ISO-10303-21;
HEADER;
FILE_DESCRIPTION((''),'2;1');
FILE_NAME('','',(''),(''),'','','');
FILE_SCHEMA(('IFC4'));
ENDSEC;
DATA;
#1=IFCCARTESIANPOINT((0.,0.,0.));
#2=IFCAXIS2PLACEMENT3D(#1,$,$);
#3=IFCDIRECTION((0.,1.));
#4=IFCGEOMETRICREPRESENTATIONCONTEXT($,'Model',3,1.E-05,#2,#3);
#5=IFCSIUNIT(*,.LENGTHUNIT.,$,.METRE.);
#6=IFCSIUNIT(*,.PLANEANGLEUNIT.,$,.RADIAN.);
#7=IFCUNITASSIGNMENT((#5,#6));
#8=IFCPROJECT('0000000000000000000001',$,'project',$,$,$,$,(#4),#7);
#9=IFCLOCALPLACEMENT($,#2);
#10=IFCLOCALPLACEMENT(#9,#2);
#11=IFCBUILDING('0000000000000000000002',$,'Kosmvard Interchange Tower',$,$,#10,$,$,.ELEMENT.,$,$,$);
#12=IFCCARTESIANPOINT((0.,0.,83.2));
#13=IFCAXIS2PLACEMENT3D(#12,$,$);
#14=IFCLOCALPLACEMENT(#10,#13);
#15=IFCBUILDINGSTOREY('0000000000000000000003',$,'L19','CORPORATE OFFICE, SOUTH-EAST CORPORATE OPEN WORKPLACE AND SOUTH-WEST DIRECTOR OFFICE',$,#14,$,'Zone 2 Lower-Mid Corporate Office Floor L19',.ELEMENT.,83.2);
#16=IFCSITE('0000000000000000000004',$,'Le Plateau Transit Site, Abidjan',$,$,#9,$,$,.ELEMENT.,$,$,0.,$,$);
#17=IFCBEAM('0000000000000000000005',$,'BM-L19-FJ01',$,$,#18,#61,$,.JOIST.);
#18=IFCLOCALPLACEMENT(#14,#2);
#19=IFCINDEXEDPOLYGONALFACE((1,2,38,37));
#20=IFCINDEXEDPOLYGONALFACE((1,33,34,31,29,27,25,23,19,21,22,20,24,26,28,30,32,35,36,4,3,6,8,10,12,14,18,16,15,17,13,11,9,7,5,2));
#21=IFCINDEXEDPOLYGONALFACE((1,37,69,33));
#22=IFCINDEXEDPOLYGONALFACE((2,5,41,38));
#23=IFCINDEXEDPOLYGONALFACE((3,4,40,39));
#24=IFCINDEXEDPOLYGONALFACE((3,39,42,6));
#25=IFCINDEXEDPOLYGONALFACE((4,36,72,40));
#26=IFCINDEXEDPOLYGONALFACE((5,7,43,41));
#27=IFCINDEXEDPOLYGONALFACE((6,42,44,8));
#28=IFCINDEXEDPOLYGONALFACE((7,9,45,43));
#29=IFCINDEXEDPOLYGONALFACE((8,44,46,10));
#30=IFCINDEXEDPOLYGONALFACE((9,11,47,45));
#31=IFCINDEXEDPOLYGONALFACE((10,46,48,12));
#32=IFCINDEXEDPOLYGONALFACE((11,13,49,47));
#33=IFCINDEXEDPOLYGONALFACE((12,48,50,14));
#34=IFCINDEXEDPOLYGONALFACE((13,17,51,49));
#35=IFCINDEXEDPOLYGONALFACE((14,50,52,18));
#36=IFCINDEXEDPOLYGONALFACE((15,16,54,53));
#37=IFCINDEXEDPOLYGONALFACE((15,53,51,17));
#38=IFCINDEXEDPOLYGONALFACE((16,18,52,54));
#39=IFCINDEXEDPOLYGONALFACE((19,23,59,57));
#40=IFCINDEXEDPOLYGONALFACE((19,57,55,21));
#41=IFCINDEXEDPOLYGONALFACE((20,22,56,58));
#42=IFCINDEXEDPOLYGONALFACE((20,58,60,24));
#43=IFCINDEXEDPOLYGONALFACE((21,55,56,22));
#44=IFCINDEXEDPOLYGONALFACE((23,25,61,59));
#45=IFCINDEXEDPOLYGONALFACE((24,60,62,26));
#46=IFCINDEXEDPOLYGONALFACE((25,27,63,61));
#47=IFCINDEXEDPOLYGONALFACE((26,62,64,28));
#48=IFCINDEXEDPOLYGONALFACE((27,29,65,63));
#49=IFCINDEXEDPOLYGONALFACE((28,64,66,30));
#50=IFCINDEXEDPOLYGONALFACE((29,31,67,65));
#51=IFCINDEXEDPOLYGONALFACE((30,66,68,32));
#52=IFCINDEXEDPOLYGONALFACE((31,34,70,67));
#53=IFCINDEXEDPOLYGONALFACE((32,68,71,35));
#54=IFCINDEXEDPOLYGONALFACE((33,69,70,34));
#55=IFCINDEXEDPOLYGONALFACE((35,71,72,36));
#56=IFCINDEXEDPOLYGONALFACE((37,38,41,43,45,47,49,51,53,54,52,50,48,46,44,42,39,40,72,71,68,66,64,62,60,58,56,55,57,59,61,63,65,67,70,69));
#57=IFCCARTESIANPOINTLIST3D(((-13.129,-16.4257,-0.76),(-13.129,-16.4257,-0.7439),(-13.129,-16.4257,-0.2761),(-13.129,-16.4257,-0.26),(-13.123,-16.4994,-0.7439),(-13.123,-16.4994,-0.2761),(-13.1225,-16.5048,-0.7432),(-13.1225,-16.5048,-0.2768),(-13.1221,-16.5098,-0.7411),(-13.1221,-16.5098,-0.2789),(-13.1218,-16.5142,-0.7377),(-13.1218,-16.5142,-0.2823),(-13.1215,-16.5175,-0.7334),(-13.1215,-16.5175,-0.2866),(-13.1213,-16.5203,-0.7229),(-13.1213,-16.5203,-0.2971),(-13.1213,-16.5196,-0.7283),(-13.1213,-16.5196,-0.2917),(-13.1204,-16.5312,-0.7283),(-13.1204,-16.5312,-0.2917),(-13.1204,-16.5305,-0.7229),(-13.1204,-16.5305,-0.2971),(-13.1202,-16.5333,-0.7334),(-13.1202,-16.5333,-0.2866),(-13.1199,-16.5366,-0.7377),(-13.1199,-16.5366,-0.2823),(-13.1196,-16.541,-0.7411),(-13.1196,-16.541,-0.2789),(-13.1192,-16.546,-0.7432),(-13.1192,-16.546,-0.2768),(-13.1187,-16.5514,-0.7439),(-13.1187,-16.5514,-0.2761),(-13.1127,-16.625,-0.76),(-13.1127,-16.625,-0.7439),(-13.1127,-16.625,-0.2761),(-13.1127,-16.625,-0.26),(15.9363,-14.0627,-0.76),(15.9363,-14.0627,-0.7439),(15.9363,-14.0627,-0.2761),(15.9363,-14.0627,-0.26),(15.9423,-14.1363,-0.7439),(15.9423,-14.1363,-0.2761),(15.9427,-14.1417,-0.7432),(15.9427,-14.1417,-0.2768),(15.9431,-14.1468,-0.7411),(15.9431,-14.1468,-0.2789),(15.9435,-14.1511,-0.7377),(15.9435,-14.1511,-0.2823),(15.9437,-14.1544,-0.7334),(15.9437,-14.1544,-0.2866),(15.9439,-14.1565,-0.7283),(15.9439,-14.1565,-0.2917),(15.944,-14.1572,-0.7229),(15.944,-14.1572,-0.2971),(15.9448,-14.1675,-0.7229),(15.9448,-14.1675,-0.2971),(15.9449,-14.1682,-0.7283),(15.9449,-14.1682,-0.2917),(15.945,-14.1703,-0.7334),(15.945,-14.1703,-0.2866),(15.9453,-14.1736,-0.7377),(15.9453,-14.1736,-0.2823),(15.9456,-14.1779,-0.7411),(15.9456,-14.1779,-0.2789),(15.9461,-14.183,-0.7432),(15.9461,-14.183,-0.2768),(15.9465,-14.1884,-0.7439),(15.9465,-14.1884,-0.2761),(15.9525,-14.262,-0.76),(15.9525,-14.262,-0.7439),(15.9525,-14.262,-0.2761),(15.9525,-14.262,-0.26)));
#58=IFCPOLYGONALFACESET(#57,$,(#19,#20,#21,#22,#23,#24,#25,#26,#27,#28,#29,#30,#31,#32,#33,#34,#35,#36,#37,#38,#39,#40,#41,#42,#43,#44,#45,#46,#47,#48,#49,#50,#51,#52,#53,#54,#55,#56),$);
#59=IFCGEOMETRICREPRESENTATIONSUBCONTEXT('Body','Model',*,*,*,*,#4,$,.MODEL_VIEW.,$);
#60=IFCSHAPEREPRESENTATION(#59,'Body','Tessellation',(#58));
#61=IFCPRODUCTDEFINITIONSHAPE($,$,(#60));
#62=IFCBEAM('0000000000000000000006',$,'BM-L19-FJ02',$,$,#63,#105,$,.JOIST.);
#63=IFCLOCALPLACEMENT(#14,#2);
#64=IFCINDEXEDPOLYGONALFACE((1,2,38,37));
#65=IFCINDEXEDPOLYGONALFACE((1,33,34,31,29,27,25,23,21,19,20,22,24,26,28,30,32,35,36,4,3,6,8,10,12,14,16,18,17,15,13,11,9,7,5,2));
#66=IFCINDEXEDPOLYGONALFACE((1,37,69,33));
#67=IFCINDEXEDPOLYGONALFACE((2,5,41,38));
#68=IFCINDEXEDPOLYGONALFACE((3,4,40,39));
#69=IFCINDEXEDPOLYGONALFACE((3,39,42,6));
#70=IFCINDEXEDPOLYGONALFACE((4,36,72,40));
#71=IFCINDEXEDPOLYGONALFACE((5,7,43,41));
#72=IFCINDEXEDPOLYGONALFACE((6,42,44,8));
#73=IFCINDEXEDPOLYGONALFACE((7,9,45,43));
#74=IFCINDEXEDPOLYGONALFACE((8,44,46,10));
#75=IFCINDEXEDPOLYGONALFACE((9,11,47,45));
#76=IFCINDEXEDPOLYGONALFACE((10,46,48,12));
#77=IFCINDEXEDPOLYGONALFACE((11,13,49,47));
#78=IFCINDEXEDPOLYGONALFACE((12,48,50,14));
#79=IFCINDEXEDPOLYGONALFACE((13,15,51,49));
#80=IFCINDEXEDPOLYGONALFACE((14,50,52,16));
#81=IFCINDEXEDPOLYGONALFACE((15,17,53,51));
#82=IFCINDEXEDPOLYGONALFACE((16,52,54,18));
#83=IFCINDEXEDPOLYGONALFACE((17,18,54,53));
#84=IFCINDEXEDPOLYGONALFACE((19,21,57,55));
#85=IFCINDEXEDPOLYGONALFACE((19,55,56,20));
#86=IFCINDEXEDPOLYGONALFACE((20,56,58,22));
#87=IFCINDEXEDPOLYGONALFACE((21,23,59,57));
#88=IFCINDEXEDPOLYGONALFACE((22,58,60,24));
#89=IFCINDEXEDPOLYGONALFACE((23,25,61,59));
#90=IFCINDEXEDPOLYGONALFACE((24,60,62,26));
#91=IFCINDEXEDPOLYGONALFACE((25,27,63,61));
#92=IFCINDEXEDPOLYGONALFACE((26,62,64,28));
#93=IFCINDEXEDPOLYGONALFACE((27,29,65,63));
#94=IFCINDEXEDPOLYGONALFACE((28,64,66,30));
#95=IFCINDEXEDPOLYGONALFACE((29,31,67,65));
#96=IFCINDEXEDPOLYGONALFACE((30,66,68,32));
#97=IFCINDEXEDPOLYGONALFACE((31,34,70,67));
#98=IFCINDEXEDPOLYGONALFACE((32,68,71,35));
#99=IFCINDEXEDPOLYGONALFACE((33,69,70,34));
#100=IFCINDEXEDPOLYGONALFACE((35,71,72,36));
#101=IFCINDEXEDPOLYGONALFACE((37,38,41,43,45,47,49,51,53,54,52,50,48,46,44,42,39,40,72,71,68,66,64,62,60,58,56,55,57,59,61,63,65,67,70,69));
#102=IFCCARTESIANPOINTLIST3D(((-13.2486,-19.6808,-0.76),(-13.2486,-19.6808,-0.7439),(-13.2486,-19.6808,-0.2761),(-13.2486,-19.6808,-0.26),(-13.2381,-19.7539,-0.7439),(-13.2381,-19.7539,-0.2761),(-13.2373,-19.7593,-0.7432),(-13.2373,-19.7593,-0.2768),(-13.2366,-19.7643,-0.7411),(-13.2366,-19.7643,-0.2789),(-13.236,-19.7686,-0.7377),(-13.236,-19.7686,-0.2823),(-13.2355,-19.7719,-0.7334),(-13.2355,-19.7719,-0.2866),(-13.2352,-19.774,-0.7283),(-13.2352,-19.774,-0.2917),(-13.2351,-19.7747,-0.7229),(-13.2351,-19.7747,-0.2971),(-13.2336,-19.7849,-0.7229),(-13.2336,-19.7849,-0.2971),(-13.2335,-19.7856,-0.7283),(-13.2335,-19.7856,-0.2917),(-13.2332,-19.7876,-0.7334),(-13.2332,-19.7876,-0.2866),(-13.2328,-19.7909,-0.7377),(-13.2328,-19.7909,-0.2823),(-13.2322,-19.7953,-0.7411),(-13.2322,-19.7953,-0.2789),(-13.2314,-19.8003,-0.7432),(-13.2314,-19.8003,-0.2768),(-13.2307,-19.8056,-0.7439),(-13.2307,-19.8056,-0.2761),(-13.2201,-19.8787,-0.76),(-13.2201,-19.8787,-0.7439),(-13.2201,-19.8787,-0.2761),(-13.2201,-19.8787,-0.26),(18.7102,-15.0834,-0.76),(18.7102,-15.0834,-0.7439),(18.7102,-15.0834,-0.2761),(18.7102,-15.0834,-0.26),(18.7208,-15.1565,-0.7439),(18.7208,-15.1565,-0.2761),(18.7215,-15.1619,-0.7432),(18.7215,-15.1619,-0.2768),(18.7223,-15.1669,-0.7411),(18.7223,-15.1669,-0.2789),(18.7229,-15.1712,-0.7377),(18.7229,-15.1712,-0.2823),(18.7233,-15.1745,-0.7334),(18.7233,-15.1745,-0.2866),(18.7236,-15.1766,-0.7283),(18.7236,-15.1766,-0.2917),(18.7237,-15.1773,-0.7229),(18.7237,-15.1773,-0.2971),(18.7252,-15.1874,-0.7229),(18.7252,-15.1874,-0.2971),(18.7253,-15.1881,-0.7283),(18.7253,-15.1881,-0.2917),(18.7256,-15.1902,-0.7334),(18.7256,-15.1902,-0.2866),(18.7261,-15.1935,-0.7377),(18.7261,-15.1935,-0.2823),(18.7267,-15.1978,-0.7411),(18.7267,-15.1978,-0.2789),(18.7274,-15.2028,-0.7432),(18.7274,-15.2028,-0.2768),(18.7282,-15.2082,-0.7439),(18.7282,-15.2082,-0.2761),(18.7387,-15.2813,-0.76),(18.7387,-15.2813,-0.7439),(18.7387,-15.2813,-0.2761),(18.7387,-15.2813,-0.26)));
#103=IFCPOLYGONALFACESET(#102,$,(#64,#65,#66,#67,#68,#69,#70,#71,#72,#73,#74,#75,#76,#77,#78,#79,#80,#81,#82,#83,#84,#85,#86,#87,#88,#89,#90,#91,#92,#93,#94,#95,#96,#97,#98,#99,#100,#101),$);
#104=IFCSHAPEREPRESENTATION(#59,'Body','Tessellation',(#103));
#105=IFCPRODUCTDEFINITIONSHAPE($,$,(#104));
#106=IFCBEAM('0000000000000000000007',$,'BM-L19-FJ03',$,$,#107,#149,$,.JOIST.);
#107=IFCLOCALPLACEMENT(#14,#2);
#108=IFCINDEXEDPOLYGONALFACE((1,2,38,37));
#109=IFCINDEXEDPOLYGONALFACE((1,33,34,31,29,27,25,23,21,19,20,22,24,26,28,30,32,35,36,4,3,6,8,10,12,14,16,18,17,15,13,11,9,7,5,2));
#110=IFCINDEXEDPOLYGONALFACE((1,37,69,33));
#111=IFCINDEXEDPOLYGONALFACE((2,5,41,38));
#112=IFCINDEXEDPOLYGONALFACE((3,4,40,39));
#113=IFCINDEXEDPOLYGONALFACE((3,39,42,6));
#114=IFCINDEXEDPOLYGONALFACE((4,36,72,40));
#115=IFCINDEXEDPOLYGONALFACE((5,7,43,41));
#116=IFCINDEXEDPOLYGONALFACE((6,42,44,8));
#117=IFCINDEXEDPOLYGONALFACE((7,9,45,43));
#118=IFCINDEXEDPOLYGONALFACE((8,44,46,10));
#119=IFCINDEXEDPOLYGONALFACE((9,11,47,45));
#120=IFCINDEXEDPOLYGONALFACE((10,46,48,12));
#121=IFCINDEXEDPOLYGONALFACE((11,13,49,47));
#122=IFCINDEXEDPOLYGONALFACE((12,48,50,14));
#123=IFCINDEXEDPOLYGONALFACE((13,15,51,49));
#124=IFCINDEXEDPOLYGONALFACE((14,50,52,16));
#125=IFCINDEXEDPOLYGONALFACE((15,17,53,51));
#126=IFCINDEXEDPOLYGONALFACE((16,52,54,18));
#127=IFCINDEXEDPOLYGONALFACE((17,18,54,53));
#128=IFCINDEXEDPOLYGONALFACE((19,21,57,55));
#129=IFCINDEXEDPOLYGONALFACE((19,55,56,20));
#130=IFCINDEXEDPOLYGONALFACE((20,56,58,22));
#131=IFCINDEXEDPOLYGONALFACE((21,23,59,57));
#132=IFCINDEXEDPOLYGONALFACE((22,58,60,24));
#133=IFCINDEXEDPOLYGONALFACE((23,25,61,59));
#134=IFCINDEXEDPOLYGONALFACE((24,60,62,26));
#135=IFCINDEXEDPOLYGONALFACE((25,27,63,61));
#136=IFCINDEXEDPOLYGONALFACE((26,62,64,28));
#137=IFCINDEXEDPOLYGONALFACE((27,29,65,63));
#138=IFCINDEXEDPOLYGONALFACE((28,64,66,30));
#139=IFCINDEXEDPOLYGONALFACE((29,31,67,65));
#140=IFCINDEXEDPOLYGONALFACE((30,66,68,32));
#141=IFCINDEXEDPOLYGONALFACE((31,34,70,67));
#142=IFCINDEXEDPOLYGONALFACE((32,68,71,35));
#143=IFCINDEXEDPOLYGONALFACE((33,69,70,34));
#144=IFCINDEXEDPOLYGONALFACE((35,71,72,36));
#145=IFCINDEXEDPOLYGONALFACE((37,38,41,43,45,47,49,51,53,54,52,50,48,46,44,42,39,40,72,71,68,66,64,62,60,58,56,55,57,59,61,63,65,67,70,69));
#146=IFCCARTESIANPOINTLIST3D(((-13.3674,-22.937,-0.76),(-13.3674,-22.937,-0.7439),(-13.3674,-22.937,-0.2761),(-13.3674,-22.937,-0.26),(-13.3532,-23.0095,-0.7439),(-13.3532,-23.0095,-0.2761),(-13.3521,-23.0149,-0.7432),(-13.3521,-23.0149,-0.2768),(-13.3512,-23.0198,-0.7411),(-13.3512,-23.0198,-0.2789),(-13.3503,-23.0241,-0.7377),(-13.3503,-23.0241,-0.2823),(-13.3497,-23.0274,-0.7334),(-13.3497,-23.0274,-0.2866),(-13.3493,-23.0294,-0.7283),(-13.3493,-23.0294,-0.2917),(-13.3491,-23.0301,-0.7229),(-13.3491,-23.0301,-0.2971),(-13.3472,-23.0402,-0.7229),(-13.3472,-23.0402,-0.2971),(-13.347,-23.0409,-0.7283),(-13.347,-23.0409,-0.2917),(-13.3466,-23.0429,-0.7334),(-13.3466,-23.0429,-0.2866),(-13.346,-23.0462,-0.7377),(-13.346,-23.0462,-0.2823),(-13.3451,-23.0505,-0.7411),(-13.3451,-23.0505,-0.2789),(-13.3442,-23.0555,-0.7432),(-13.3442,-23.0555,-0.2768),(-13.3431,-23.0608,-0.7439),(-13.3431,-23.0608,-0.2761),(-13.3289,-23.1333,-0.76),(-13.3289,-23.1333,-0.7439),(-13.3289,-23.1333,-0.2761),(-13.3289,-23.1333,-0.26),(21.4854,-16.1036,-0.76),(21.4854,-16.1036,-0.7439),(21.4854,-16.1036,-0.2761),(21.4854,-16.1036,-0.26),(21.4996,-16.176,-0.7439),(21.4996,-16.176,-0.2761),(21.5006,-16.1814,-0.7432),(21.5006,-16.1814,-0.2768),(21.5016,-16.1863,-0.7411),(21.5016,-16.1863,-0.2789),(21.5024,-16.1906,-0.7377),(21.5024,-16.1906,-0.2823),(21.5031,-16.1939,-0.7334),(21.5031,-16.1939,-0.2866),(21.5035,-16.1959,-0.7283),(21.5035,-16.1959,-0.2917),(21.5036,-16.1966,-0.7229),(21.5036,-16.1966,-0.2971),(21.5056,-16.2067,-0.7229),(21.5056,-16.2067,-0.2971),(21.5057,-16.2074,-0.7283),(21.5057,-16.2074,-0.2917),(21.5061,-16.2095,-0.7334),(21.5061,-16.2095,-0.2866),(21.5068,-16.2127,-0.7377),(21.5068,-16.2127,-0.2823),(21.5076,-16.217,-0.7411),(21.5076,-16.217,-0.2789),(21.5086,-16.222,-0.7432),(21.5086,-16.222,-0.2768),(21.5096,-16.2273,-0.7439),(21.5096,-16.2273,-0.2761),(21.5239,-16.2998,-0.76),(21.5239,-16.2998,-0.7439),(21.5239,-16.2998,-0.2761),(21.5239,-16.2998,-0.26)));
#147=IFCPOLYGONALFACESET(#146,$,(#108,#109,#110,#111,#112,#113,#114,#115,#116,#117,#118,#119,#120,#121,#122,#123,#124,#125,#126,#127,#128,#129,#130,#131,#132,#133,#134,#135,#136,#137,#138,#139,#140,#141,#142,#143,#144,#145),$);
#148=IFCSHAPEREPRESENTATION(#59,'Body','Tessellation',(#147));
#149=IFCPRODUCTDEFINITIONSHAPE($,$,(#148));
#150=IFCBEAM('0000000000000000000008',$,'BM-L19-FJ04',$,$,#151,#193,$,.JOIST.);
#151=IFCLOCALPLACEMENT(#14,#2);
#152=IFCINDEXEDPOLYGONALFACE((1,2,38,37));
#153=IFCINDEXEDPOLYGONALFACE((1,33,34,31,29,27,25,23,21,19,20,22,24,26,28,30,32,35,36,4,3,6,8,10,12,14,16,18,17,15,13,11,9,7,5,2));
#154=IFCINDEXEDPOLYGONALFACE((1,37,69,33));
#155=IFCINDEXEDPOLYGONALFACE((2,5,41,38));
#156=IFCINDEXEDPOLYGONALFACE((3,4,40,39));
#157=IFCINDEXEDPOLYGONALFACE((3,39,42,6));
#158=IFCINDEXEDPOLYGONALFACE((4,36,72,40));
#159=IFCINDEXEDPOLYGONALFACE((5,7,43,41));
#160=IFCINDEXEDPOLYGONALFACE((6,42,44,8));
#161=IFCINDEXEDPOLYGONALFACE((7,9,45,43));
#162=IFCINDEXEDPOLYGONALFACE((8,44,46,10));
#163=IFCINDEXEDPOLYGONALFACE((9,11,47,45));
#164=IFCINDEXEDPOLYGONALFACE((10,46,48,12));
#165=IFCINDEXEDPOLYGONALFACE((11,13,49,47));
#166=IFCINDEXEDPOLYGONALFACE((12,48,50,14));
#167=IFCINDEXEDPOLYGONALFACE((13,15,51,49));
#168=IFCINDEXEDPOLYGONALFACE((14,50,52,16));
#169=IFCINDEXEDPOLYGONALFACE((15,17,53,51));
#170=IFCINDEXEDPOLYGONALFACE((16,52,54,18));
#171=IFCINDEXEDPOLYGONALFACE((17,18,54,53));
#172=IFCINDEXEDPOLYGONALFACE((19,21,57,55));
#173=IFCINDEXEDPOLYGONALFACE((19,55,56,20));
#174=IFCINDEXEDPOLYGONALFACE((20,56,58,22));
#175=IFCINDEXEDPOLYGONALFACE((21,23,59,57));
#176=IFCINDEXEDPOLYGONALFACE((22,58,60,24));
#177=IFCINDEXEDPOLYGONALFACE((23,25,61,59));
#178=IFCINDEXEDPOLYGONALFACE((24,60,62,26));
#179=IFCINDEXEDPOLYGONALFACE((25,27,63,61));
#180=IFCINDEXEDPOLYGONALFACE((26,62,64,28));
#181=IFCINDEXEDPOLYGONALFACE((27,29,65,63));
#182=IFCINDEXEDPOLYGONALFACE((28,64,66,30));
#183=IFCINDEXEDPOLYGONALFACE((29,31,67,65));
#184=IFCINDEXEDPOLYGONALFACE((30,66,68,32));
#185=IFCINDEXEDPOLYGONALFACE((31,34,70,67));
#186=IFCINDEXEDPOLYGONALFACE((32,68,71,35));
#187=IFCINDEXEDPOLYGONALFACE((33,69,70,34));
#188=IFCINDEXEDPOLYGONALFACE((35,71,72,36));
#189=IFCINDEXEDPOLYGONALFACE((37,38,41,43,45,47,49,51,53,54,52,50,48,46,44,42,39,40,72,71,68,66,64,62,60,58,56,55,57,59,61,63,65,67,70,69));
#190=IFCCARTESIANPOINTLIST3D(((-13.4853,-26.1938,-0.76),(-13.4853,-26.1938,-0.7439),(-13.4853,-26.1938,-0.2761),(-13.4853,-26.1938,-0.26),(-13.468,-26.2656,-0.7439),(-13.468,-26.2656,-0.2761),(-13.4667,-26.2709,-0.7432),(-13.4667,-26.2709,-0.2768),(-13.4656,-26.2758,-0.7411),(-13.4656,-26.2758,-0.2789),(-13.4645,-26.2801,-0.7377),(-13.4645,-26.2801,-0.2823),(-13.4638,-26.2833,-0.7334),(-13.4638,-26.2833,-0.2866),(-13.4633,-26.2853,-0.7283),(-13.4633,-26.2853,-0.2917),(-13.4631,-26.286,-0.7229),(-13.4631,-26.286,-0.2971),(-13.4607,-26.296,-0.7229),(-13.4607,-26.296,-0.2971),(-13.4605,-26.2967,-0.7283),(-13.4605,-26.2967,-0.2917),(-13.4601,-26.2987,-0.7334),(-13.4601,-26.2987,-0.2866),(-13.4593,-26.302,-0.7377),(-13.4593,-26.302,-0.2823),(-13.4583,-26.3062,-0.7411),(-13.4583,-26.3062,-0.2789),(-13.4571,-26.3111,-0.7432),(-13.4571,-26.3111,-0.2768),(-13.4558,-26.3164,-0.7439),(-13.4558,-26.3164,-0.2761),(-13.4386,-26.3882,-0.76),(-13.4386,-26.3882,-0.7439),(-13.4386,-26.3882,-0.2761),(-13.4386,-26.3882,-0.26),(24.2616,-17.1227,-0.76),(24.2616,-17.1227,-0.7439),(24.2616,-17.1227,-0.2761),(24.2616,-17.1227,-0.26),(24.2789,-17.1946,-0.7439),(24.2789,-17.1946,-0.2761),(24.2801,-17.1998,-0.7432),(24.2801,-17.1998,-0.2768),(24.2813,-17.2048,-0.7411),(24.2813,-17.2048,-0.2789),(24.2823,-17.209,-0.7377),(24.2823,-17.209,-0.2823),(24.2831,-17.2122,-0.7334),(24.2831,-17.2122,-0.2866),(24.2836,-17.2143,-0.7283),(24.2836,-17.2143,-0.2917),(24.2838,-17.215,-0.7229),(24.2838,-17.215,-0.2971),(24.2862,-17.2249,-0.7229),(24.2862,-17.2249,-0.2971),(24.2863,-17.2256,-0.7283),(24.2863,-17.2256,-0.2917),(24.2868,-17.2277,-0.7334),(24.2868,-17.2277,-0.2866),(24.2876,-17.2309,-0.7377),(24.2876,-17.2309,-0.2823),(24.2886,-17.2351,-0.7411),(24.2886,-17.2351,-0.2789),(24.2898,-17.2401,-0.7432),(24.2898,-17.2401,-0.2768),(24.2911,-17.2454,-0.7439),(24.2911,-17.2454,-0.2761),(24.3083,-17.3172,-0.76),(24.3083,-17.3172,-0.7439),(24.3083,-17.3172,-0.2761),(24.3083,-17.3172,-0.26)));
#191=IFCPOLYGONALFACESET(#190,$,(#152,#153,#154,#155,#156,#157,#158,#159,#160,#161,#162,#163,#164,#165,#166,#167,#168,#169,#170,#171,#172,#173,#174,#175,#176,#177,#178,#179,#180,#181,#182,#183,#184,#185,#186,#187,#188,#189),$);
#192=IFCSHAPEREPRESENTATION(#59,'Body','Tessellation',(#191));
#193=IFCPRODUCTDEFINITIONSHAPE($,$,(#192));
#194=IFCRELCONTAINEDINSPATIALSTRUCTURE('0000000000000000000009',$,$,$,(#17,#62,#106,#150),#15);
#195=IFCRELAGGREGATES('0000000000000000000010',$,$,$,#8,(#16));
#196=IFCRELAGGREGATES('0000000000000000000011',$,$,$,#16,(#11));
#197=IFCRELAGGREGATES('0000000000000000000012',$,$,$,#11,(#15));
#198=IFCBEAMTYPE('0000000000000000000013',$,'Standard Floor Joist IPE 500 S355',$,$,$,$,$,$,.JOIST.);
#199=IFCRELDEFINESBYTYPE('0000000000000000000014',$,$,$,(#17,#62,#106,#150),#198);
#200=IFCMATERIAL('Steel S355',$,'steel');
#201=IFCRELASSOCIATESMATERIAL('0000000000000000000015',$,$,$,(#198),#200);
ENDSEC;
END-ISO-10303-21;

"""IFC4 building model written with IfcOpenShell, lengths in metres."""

from ifc_helpers import new_model, si_unit, direction, frame, origin, origin_2d, place, context, subcontext, project, spatial, i_section, extrude, source, transform, mapped, material, material_profile, profile_set, type_object, element, save


model = new_model("IFC4")

# Units and contexts
model_context = context("Model", 3, precision=1e-05, world=origin(), true_north=direction((0.0, 1.0)))
body_context = subcontext(model_context, "Body", "Model", "MODEL_VIEW")
ifc_project = project(units=[si_unit("LENGTHUNIT", "METRE"), si_unit("PLANEANGLEUNIT", "RADIAN")], contexts=[model_context])

# Site, building, storey
site_placement = place(None, origin())
site = spatial("IfcSite", under=ifc_project, at=site_placement, Name="Le Plateau Transit Site, Abidjan", CompositionType="ELEMENT", RefElevation=0.0)
building_placement = place(site_placement, origin())
building = spatial("IfcBuilding", under=site, at=building_placement, Name="Kosmvard Interchange Tower", CompositionType="ELEMENT")
storey_placement = place(building_placement, frame((0.0, 0.0, 83.2)))
storey = spatial("IfcBuildingStorey", under=building, at=storey_placement, Name="L19", Description="CORPORATE OFFICE, SOUTH-EAST CORPORATE OPEN WORKPLACE AND SOUTH-WEST DIRECTOR OFFICE", LongName="Zone 2 Lower-Mid Corporate Office Floor L19", CompositionType="ELEMENT", Elevation=83.2)

# Beams
ifc_material_1 = material(Name="Steel S355", Category="steel")
ifc_material_profile_1 = material_profile(ifc_material_1, i_section(OverallWidth=0.2, OverallDepth=0.5, WebThickness=0.0103, FlangeThickness=0.0161, FilletRadius=0.021, at=origin_2d()), Name="IPE 500")
ifc_profile_set_1 = profile_set([ifc_material_profile_1], Name="Steel S355")
beam_type_1 = type_object("IfcBeamType", Name="Standard Floor Joist IPE 500 S355", PredefinedType="JOIST", material=ifc_profile_set_1)
shared_shape_1 = source(origin(), body_context, "Body", "SweptSolid", [
    extrude(i_section(OverallWidth=0.2, OverallDepth=0.5, WebThickness=0.0103, FlangeThickness=0.0161, FilletRadius=0.021, at=origin_2d()), origin(), (0.0, 0.0, 1.0), 29.1611),
])
beam_1_placement = place(storey_placement, frame((-13.1208, -16.5254, -0.51), z_axis=(0.996711, 0.081034, 0.0), x_axis=(-0.081034, 0.996711, 0.0)))
element("IfcBeam", 1, at=beam_1_placement, inside=storey, type_object=beam_type_1, Name="BM-L19-FJ01", PredefinedType="JOIST", context=body_context, shape_type="MappedRepresentation", body=[
    mapped(shared_shape_1, transform((0.0, 0.0, 0.0), scale=1.0)),
])
shared_shape_2 = source(origin(), body_context, "Body", "SweptSolid", [
    extrude(i_section(OverallWidth=0.2, OverallDepth=0.5, WebThickness=0.0103, FlangeThickness=0.0161, FilletRadius=0.021, at=origin_2d()), origin(), (0.0, 0.0, 1.0), 32.2878),
])
beam_2_placement = place(storey_placement, frame((-13.2344, -19.7798, -0.51), z_axis=(0.989811, 0.142389, 0.0), x_axis=(-0.142389, 0.989811, 0.0)))
element("IfcBeam", 2, at=beam_2_placement, inside=storey, type_object=beam_type_1, Name="BM-L19-FJ02", PredefinedType="JOIST", context=body_context, shape_type="MappedRepresentation", body=[
    mapped(shared_shape_2, transform((0.0, 0.0, 0.0), scale=1.0)),
])
shared_shape_3 = source(origin(), body_context, "Body", "SweptSolid", [
    extrude(i_section(OverallWidth=0.2, OverallDepth=0.5, WebThickness=0.0103, FlangeThickness=0.0161, FilletRadius=0.021, at=origin_2d()), origin(), (0.0, 0.0, 1.0), 35.5164),
])
beam_3_placement = place(storey_placement, frame((-13.3481, -23.0352, -0.51), z_axis=(0.981316, 0.192404, 0.0), x_axis=(-0.192404, 0.981316, 0.0)))
element("IfcBeam", 3, at=beam_3_placement, inside=storey, type_object=beam_type_1, Name="BM-L19-FJ03", PredefinedType="JOIST", context=body_context, shape_type="MappedRepresentation", body=[
    mapped(shared_shape_3, transform((0.0, 0.0, 0.0), scale=1.0)),
])
shared_shape_4 = source(origin(), body_context, "Body", "SweptSolid", [
    extrude(i_section(OverallWidth=0.2, OverallDepth=0.5, WebThickness=0.0103, FlangeThickness=0.0161, FilletRadius=0.021, at=origin_2d()), origin(), (0.0, 0.0, 1.0), 38.8215),
])
beam_4_placement = place(storey_placement, frame((-13.4619, -26.291, -0.51), z_axis=(0.972318, 0.233661, 0.0), x_axis=(-0.233661, 0.972318, 0.0)))
element("IfcBeam", 4, at=beam_4_placement, inside=storey, type_object=beam_type_1, Name="BM-L19-FJ04", PredefinedType="JOIST", context=body_context, shape_type="MappedRepresentation", body=[
    mapped(shared_shape_4, transform((0.0, 0.0, 0.0), scale=1.0)),
])

save(model, "model.ifc")
